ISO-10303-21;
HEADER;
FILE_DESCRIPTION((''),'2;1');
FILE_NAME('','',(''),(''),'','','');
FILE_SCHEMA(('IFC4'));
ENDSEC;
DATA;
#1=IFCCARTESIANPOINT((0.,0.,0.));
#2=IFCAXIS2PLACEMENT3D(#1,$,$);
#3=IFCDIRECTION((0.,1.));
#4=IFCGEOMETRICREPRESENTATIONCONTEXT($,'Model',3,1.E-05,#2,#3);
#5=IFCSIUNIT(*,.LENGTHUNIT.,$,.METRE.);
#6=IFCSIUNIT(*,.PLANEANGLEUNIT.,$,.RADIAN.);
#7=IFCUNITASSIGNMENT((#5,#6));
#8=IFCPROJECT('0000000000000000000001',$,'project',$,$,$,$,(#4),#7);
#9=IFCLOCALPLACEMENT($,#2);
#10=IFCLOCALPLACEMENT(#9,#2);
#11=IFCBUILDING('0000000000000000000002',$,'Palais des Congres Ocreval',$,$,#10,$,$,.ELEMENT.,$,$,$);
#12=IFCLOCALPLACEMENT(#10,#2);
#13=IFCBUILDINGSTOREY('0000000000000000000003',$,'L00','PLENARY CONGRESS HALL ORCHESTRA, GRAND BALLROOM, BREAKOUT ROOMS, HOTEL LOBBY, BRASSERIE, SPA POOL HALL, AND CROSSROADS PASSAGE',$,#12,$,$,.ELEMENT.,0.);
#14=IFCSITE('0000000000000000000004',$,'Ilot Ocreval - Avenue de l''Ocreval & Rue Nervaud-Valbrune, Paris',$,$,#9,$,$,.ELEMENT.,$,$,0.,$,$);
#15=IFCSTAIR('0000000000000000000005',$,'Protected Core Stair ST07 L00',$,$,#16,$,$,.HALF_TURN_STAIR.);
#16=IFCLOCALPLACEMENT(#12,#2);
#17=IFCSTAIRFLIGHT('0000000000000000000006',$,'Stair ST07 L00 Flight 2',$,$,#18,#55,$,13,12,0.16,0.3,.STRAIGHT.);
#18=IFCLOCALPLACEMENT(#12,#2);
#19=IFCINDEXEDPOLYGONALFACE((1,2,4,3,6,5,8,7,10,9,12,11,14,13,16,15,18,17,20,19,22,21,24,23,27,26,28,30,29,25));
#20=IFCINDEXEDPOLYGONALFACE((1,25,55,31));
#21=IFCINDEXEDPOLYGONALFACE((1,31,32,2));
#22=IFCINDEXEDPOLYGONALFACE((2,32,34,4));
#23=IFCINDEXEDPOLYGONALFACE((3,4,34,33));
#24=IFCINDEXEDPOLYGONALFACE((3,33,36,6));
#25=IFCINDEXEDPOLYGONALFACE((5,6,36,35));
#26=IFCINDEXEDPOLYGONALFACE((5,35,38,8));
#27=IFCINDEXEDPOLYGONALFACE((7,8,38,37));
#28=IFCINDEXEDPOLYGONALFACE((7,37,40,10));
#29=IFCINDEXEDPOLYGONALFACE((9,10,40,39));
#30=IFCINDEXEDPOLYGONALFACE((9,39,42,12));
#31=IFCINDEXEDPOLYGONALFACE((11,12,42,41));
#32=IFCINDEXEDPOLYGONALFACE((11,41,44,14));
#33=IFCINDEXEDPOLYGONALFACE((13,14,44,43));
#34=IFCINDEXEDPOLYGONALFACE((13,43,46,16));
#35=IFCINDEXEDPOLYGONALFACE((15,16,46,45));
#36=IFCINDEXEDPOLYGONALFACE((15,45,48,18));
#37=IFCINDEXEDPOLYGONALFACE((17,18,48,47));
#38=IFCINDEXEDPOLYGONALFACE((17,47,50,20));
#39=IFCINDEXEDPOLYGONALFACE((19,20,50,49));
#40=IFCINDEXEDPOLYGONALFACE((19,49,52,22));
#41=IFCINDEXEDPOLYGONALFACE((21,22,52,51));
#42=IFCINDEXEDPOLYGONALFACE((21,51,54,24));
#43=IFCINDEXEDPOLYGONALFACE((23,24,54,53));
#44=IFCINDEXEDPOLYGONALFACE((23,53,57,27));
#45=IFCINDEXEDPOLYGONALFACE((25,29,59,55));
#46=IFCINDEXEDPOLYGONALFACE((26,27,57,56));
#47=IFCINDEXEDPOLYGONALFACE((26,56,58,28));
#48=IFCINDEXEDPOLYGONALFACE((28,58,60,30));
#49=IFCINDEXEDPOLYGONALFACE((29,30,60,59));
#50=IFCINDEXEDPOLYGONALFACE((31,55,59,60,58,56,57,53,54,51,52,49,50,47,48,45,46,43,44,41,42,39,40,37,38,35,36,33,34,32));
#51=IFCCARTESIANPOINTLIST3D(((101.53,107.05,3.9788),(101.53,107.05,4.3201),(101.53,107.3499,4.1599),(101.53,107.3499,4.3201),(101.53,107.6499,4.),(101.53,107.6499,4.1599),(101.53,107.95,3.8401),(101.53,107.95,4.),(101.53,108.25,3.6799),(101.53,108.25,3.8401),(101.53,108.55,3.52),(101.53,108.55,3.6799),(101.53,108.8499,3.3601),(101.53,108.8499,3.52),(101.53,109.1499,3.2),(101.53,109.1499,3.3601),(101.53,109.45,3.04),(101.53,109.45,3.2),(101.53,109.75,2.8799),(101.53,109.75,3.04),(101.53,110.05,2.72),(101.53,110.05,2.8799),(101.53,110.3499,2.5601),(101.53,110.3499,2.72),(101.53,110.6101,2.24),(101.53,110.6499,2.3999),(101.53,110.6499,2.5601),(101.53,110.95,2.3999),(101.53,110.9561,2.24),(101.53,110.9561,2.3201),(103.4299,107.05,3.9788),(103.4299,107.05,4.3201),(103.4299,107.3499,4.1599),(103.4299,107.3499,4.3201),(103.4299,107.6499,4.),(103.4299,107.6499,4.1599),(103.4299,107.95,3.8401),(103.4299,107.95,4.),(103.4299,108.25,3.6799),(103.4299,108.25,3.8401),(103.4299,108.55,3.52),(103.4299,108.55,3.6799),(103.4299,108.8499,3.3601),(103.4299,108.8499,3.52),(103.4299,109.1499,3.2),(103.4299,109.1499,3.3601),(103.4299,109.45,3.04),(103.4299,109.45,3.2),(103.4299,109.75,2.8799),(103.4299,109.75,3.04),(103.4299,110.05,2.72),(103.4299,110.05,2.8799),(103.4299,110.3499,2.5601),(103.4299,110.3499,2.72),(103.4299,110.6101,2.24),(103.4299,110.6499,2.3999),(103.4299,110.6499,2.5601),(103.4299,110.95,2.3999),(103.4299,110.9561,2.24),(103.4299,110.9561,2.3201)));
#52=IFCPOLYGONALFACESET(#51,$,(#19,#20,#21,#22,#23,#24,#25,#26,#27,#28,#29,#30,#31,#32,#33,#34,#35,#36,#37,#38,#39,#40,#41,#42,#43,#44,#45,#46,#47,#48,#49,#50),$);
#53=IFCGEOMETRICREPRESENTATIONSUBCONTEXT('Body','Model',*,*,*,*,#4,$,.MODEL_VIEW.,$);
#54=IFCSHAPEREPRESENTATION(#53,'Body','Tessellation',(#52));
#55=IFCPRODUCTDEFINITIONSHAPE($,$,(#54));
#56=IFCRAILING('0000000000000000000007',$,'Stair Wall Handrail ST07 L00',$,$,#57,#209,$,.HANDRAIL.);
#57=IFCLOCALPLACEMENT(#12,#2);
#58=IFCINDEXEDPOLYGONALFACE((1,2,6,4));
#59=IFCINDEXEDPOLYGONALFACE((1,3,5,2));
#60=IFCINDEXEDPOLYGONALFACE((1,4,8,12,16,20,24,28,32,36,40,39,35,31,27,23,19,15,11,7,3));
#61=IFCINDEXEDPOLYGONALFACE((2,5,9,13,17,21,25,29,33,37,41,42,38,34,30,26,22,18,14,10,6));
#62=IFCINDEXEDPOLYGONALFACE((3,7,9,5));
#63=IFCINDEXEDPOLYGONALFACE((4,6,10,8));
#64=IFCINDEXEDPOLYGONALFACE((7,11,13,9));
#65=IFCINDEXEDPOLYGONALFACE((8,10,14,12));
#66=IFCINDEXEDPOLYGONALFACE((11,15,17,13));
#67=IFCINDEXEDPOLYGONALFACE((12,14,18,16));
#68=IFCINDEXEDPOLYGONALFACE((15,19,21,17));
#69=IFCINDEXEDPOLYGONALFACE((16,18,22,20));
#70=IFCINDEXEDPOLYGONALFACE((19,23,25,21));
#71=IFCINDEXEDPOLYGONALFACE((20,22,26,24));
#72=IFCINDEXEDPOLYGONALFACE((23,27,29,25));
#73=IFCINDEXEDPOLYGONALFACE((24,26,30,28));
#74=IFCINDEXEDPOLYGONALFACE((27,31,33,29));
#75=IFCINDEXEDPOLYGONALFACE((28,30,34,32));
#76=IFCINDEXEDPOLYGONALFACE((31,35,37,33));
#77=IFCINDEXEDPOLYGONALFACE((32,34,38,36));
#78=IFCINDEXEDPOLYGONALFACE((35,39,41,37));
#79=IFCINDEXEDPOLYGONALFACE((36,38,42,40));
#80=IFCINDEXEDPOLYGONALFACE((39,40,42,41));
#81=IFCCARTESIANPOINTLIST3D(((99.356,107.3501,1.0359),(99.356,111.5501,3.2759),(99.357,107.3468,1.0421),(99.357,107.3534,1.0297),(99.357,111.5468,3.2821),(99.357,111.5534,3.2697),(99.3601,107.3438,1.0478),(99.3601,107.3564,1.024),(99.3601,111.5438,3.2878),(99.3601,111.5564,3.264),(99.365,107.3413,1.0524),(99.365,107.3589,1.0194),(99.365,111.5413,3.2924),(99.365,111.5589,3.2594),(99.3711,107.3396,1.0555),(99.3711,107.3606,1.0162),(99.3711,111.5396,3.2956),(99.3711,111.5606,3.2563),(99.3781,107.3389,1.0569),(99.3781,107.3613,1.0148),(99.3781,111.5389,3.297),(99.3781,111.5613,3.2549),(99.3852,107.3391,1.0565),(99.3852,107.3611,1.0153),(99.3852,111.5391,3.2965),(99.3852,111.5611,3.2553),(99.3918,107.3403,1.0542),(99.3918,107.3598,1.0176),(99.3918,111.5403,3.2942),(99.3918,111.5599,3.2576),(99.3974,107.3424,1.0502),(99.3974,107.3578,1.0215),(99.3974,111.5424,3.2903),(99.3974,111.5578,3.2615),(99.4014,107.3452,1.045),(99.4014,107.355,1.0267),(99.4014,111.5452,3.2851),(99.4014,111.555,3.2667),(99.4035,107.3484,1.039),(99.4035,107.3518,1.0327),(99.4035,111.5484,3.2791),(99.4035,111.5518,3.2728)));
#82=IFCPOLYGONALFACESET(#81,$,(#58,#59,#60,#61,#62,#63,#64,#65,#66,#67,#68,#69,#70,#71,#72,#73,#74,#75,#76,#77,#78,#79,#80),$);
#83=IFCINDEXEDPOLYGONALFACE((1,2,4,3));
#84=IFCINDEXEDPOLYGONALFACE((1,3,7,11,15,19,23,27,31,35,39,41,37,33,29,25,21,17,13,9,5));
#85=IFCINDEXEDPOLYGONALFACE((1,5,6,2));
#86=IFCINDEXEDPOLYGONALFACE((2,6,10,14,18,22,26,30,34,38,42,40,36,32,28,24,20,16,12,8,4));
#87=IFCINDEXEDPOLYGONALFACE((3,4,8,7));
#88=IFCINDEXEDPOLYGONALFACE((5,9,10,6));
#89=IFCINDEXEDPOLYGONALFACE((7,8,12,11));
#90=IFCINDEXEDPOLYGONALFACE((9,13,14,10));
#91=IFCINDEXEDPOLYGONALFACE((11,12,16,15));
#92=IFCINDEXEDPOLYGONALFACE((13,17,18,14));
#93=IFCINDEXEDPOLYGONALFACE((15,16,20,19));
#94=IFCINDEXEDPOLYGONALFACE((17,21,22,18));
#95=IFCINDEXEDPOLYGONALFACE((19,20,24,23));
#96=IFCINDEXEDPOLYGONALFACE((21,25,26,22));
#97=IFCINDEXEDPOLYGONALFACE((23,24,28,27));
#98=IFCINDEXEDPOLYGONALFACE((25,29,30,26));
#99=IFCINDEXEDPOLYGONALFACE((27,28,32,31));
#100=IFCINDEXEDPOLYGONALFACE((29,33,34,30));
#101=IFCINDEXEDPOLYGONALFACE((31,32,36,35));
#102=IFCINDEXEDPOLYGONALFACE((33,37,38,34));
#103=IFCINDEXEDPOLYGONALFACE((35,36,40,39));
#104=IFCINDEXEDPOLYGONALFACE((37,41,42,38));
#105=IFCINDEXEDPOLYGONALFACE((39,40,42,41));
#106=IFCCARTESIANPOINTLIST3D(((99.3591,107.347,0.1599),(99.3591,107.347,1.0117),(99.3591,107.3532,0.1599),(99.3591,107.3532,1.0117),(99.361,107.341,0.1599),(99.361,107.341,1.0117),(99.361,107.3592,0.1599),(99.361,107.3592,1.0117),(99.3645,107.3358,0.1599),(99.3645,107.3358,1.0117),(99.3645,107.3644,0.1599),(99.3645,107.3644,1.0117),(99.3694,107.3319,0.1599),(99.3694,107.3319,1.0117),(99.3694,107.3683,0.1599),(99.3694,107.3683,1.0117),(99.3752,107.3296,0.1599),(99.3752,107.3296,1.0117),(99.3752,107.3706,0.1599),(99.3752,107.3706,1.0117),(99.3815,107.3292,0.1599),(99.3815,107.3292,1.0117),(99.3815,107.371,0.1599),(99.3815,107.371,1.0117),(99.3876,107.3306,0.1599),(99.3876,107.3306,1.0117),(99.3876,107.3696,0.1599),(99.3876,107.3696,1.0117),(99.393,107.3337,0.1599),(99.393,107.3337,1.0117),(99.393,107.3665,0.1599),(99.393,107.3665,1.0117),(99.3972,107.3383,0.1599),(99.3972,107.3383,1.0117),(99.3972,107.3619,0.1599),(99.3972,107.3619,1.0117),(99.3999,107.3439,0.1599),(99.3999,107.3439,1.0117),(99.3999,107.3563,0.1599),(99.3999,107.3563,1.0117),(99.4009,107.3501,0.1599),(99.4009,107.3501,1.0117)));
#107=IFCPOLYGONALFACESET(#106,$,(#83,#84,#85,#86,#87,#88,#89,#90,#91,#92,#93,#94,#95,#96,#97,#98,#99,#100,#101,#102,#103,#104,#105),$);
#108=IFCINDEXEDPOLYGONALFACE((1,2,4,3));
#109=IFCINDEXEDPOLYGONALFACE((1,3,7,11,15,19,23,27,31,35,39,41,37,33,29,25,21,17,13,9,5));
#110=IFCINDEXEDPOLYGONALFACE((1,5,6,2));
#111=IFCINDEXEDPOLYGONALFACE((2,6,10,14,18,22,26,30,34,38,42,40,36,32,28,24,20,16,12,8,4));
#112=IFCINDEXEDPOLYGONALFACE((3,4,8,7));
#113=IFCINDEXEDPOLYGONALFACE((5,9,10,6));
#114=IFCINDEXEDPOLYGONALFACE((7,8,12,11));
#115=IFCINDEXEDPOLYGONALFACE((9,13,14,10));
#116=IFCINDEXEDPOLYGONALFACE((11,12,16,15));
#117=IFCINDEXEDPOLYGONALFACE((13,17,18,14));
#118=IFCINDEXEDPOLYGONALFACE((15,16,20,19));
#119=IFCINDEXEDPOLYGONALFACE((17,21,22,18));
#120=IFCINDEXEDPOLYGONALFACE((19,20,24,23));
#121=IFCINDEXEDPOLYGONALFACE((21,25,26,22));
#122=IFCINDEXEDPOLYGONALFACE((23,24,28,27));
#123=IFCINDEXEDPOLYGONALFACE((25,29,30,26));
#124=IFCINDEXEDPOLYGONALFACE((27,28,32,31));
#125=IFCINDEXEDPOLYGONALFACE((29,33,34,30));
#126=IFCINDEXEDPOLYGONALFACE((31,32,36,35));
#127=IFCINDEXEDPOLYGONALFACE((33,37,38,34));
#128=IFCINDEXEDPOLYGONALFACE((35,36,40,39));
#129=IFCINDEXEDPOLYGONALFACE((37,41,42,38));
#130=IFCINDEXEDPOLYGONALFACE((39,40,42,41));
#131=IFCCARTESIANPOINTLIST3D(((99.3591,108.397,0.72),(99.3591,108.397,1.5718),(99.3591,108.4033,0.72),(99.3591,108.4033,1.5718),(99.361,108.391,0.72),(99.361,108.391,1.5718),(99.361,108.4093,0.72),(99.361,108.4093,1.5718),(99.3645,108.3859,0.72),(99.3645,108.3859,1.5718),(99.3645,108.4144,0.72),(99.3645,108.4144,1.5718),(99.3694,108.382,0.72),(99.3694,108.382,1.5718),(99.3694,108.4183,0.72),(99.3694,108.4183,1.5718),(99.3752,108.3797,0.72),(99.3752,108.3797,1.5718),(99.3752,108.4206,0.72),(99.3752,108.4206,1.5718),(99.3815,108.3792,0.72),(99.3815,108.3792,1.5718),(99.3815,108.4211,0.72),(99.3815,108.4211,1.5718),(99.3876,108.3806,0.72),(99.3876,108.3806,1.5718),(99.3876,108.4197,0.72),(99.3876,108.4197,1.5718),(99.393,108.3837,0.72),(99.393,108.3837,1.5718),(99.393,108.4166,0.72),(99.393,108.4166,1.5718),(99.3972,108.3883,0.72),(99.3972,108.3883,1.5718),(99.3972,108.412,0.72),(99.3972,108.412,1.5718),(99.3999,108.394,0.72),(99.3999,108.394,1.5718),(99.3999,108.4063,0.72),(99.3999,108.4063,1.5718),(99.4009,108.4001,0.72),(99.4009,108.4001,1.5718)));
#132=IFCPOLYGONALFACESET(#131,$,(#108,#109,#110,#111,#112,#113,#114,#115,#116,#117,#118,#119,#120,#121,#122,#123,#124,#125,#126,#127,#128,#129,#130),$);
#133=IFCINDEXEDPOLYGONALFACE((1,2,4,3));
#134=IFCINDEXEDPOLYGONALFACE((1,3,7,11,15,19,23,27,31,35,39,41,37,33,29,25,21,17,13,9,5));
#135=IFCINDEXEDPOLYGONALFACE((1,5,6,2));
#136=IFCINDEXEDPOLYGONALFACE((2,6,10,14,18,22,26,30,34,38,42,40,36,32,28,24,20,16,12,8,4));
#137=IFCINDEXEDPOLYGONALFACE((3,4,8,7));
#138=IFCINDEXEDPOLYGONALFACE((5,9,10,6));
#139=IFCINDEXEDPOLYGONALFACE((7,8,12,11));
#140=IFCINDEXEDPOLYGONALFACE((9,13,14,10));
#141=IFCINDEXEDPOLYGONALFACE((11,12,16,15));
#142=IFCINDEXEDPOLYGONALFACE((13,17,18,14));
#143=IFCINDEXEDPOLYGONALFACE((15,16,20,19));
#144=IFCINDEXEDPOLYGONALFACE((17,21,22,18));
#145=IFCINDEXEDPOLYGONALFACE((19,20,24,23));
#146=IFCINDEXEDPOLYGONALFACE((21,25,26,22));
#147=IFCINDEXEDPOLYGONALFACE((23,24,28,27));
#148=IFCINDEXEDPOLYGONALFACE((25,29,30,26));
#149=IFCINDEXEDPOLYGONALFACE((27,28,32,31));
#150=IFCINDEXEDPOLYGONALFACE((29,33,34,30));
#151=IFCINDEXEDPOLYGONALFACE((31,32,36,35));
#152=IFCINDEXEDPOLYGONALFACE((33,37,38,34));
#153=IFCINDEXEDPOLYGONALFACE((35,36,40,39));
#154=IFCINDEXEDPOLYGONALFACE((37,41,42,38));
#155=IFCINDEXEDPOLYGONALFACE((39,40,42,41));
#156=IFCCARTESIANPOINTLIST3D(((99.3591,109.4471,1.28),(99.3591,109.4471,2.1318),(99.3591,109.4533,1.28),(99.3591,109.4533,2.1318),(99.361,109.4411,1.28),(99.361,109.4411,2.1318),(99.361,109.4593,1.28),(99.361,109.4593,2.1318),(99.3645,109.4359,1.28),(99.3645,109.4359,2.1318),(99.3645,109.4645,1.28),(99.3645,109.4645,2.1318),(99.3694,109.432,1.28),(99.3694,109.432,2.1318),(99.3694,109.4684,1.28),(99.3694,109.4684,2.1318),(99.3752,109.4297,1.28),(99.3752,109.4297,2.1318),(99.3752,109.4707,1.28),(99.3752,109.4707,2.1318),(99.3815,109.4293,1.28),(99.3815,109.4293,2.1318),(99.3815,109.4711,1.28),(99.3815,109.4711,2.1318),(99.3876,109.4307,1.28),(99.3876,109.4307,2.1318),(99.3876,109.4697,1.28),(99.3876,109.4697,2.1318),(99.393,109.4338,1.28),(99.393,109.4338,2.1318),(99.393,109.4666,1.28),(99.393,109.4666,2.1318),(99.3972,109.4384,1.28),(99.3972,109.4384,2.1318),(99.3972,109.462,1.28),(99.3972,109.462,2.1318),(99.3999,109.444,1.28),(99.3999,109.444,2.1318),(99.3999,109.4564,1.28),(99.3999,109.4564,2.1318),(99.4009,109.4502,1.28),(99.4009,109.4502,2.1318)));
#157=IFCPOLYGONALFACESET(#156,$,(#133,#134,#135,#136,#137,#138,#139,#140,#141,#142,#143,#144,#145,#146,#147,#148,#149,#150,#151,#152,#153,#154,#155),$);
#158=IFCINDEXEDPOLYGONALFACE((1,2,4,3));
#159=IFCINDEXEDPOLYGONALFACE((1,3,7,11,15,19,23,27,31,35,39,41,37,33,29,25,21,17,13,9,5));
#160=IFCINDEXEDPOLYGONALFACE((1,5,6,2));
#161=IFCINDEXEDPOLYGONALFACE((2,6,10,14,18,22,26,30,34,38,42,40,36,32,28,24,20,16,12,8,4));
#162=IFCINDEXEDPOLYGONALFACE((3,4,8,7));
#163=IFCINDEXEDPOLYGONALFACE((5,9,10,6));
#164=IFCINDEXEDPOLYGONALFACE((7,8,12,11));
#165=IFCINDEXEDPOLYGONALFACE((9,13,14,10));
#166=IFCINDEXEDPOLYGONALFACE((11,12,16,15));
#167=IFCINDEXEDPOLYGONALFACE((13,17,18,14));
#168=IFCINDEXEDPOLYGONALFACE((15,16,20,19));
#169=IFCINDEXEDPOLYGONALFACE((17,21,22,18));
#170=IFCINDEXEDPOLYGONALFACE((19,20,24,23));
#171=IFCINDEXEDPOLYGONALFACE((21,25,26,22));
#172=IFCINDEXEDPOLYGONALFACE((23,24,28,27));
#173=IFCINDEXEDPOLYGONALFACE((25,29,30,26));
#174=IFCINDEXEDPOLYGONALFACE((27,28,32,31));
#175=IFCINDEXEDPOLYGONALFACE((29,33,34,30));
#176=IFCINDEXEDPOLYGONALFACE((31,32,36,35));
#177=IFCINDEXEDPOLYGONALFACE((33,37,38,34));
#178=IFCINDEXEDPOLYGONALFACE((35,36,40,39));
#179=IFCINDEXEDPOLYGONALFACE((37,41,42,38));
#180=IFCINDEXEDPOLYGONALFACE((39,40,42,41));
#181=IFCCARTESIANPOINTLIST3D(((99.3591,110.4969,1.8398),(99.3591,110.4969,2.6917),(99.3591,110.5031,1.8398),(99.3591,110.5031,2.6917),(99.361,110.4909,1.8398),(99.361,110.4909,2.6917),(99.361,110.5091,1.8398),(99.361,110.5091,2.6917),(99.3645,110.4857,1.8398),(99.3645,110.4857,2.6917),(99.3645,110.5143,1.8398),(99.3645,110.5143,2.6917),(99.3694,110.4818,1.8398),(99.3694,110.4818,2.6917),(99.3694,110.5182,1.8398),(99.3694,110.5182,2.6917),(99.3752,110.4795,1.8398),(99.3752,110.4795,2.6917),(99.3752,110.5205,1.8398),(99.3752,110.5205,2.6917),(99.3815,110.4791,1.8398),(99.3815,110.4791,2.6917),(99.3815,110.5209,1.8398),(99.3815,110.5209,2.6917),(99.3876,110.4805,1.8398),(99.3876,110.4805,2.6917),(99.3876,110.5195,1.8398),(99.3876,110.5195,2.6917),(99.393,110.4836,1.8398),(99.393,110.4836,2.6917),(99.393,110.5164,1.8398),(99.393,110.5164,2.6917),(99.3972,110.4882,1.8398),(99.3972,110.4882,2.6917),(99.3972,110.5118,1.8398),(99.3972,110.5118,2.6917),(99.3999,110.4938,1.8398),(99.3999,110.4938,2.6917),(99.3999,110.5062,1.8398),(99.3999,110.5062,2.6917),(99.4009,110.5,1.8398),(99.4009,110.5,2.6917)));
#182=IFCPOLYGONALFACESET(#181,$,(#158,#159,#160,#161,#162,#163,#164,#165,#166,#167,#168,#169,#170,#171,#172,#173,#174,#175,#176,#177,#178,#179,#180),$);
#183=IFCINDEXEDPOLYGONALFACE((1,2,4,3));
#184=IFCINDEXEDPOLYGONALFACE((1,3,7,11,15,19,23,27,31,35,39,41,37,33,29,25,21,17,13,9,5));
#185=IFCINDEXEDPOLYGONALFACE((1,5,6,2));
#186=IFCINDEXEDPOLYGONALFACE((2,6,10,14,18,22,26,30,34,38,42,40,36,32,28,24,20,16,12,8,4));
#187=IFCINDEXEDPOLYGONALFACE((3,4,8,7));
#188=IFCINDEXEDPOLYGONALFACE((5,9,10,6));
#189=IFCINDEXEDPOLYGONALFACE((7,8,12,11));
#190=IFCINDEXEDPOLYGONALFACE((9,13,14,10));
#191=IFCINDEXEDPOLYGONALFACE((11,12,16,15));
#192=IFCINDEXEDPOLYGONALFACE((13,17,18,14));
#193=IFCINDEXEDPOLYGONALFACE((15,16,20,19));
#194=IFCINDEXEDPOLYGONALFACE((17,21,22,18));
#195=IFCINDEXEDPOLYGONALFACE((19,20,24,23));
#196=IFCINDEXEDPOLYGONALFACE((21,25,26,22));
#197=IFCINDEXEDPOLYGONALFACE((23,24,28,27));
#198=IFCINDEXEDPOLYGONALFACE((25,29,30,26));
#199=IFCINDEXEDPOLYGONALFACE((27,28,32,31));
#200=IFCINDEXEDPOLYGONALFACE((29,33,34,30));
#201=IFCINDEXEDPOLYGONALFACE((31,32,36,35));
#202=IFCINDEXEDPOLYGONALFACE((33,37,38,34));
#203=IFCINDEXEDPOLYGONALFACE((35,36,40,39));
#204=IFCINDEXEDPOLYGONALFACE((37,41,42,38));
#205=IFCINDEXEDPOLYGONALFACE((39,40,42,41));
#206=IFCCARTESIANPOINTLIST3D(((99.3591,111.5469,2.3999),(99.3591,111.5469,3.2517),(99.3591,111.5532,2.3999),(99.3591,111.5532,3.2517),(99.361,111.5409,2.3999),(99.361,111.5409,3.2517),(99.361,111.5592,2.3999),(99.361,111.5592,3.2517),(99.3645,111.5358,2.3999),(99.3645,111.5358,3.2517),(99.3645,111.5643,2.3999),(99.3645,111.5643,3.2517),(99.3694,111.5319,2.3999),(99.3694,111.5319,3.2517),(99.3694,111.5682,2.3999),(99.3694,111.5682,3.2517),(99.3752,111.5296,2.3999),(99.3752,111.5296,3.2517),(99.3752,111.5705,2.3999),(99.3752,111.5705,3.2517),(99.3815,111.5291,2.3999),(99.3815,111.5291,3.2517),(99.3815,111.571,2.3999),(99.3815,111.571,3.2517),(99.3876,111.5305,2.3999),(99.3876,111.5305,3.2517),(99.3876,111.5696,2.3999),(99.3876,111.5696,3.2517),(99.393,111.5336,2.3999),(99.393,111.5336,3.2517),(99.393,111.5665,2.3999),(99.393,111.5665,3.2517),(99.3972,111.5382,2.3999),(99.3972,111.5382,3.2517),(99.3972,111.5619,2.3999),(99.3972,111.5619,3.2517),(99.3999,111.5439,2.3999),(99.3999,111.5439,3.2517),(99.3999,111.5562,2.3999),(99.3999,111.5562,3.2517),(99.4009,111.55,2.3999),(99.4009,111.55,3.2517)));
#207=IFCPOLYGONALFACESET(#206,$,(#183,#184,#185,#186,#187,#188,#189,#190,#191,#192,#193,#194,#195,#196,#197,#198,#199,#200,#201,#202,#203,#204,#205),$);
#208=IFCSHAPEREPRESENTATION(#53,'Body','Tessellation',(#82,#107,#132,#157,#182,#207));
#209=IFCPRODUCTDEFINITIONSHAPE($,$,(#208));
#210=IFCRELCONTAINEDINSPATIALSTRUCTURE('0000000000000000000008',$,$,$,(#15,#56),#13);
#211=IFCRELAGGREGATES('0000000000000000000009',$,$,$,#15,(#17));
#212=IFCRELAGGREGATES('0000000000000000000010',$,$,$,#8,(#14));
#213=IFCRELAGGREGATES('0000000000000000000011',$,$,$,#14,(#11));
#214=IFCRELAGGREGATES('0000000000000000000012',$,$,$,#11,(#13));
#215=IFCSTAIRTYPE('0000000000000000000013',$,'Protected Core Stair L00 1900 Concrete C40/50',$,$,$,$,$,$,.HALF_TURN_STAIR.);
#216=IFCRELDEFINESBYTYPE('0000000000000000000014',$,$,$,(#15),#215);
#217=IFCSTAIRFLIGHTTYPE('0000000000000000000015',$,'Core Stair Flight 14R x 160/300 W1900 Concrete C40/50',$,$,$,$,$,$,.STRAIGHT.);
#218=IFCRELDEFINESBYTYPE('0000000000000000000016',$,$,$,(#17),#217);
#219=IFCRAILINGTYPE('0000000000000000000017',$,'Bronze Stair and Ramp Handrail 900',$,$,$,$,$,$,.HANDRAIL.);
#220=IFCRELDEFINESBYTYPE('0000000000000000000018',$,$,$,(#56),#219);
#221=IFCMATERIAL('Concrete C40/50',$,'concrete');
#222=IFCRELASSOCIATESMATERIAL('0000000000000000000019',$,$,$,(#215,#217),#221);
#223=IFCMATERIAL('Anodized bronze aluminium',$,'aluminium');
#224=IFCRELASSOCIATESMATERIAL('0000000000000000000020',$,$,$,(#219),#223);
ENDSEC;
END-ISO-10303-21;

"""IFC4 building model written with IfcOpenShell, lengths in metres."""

from ifc_helpers import new_model, si_unit, direction, frame, origin, origin_2d, place, context, subcontext, project, spatial, polyline, circle, outline, extrude, material, type_object, element, aggregate, save


model = new_model("IFC4")

# Units and contexts
model_context = context("Model", 3, precision=1e-05, world=origin(), true_north=direction((0.0, 1.0)))
body_context = subcontext(model_context, "Body", "Model", "MODEL_VIEW")
ifc_project = project(units=[si_unit("LENGTHUNIT", "METRE"), si_unit("PLANEANGLEUNIT", "RADIAN")], contexts=[model_context])

# Site, building, storey
site_placement = place(None, origin())
site = spatial("IfcSite", under=ifc_project, at=site_placement, Name="Ilot Ocreval - Avenue de l'Ocreval & Rue Nervaud-Valbrune, Paris", CompositionType="ELEMENT", RefElevation=0.0)
building_placement = place(site_placement, origin())
building = spatial("IfcBuilding", under=site, at=building_placement, Name="Palais des Congres Ocreval", CompositionType="ELEMENT")
storey_placement = place(building_placement, origin())
storey = spatial("IfcBuildingStorey", under=building, at=storey_placement, Name="L00", Description="PLENARY CONGRESS HALL ORCHESTRA, GRAND BALLROOM, BREAKOUT ROOMS, HOTEL LOBBY, BRASSERIE, SPA POOL HALL, AND CROSSROADS PASSAGE", CompositionType="ELEMENT", Elevation=0.0)

# Shared definitions
ifc_material_1 = material(Name="Concrete C40/50", Category="concrete")

# Stair, stair flight
stair_type = type_object("IfcStairType", Name="Protected Core Stair L00 1900 Concrete C40/50", PredefinedType="HALF_TURN_STAIR", material=ifc_material_1)
stair_placement = place(storey_placement, origin())
stair = element("IfcStair", 1, at=stair_placement, inside=storey, type_object=stair_type, Name="Protected Core Stair ST07 L00", PredefinedType="HALF_TURN_STAIR")
stair_flight_type = type_object("IfcStairFlightType", Name="Core Stair Flight 14R x 160/300 W1900 Concrete C40/50", PredefinedType="STRAIGHT", material=ifc_material_1)
stair_flight_1_placement = place(storey_placement, frame((102.48, 110.95, 2.24), z_axis=(0.0, 0.0, 1.0), x_axis=(0.0, -1.0, 0.0)))
stair_flight_1 = element("IfcStairFlight", 2, at=stair_flight_1_placement, type_object=stair_flight_type, Name="Stair ST07 L00 Flight 2", NumberOfRisers=13, NumberOfTreads=12, PredefinedType="STRAIGHT", RiserHeight=0.16, TreadLength=0.3, context=body_context, shape_type="SweptSolid", body=[
    extrude(outline(polyline([(-0.0061, 0.0), (-0.0061, 0.0801), (0.0, 0.1599), (0.3, 0.1599), (0.3, 0.3201), (0.6001, 0.3201), (0.6001, 0.48), (0.8999, 0.48), (0.8999, 0.6399), (1.2, 0.6399), (1.2, 0.8), (1.5, 0.8), (1.5, 0.96), (1.8, 0.96), (1.8, 1.1201), (2.1001, 1.1201), (2.1001, 1.28), (2.3999, 1.28), (2.3999, 1.4399), (2.7, 1.4399), (2.7, 1.6001), (3.0, 1.6001), (3.0, 1.76), (3.3, 1.76), (3.3, 1.9199), (3.6001, 1.9199), (3.6001, 2.0801), (3.8999, 2.0801), (3.8999, 1.7388), (0.3398, 0.0), (-0.0061, 0.0)])), frame((0.0, 0.95, 0.0), z_axis=(0.0, -1.0, 0.0), x_axis=(1.0, 0.0, 0.0)), (0.0, 0.0, 1.0), 1.8999),
])
aggregate(stair, [stair_flight_1])

# Railing
ifc_material_2 = material(Name="Anodized bronze aluminium", Category="aluminium")
railing_type_1 = type_object("IfcRailingType", Name="Bronze Stair and Ramp Handrail 900", PredefinedType="HANDRAIL", material=ifc_material_2)
railing_1_placement = place(storey_placement, frame((99.3799, 107.3501, 0.1599)))
element("IfcRailing", 3, at=railing_1_placement, inside=storey, type_object=railing_type_1, Name="Stair Wall Handrail ST07 L00", PredefinedType="HANDRAIL", context=body_context, shape_type="SweptSolid", body=[
    extrude(circle(Radius=0.0239, at=origin_2d()), frame((0.0, 0.0, 0.876), z_axis=(0.0, 0.882352, 0.470591), x_axis=(-1.0, 0.0, 0.0)), (0.0, 0.0, 1.0), 4.76),
    extrude(circle(Radius=0.021, at=origin_2d()), origin(), (0.0, 0.0, 1.0), 0.8518),
    extrude(circle(Radius=0.021, at=origin_2d()), frame((0.0, 1.05, 0.5601)), (0.0, 0.0, 1.0), 0.8518),
    extrude(circle(Radius=0.021, at=origin_2d()), frame((0.0, 2.1001, 1.1201)), (0.0, 0.0, 1.0), 0.8518),
    extrude(circle(Radius=0.021, at=origin_2d()), frame((0.0, 3.1499, 1.6799)), (0.0, 0.0, 1.0), 0.8518),
    extrude(circle(Radius=0.021, at=origin_2d()), frame((0.0, 4.2, 2.24)), (0.0, 0.0, 1.0), 0.8518),
])

save(model, "model.ifc")
